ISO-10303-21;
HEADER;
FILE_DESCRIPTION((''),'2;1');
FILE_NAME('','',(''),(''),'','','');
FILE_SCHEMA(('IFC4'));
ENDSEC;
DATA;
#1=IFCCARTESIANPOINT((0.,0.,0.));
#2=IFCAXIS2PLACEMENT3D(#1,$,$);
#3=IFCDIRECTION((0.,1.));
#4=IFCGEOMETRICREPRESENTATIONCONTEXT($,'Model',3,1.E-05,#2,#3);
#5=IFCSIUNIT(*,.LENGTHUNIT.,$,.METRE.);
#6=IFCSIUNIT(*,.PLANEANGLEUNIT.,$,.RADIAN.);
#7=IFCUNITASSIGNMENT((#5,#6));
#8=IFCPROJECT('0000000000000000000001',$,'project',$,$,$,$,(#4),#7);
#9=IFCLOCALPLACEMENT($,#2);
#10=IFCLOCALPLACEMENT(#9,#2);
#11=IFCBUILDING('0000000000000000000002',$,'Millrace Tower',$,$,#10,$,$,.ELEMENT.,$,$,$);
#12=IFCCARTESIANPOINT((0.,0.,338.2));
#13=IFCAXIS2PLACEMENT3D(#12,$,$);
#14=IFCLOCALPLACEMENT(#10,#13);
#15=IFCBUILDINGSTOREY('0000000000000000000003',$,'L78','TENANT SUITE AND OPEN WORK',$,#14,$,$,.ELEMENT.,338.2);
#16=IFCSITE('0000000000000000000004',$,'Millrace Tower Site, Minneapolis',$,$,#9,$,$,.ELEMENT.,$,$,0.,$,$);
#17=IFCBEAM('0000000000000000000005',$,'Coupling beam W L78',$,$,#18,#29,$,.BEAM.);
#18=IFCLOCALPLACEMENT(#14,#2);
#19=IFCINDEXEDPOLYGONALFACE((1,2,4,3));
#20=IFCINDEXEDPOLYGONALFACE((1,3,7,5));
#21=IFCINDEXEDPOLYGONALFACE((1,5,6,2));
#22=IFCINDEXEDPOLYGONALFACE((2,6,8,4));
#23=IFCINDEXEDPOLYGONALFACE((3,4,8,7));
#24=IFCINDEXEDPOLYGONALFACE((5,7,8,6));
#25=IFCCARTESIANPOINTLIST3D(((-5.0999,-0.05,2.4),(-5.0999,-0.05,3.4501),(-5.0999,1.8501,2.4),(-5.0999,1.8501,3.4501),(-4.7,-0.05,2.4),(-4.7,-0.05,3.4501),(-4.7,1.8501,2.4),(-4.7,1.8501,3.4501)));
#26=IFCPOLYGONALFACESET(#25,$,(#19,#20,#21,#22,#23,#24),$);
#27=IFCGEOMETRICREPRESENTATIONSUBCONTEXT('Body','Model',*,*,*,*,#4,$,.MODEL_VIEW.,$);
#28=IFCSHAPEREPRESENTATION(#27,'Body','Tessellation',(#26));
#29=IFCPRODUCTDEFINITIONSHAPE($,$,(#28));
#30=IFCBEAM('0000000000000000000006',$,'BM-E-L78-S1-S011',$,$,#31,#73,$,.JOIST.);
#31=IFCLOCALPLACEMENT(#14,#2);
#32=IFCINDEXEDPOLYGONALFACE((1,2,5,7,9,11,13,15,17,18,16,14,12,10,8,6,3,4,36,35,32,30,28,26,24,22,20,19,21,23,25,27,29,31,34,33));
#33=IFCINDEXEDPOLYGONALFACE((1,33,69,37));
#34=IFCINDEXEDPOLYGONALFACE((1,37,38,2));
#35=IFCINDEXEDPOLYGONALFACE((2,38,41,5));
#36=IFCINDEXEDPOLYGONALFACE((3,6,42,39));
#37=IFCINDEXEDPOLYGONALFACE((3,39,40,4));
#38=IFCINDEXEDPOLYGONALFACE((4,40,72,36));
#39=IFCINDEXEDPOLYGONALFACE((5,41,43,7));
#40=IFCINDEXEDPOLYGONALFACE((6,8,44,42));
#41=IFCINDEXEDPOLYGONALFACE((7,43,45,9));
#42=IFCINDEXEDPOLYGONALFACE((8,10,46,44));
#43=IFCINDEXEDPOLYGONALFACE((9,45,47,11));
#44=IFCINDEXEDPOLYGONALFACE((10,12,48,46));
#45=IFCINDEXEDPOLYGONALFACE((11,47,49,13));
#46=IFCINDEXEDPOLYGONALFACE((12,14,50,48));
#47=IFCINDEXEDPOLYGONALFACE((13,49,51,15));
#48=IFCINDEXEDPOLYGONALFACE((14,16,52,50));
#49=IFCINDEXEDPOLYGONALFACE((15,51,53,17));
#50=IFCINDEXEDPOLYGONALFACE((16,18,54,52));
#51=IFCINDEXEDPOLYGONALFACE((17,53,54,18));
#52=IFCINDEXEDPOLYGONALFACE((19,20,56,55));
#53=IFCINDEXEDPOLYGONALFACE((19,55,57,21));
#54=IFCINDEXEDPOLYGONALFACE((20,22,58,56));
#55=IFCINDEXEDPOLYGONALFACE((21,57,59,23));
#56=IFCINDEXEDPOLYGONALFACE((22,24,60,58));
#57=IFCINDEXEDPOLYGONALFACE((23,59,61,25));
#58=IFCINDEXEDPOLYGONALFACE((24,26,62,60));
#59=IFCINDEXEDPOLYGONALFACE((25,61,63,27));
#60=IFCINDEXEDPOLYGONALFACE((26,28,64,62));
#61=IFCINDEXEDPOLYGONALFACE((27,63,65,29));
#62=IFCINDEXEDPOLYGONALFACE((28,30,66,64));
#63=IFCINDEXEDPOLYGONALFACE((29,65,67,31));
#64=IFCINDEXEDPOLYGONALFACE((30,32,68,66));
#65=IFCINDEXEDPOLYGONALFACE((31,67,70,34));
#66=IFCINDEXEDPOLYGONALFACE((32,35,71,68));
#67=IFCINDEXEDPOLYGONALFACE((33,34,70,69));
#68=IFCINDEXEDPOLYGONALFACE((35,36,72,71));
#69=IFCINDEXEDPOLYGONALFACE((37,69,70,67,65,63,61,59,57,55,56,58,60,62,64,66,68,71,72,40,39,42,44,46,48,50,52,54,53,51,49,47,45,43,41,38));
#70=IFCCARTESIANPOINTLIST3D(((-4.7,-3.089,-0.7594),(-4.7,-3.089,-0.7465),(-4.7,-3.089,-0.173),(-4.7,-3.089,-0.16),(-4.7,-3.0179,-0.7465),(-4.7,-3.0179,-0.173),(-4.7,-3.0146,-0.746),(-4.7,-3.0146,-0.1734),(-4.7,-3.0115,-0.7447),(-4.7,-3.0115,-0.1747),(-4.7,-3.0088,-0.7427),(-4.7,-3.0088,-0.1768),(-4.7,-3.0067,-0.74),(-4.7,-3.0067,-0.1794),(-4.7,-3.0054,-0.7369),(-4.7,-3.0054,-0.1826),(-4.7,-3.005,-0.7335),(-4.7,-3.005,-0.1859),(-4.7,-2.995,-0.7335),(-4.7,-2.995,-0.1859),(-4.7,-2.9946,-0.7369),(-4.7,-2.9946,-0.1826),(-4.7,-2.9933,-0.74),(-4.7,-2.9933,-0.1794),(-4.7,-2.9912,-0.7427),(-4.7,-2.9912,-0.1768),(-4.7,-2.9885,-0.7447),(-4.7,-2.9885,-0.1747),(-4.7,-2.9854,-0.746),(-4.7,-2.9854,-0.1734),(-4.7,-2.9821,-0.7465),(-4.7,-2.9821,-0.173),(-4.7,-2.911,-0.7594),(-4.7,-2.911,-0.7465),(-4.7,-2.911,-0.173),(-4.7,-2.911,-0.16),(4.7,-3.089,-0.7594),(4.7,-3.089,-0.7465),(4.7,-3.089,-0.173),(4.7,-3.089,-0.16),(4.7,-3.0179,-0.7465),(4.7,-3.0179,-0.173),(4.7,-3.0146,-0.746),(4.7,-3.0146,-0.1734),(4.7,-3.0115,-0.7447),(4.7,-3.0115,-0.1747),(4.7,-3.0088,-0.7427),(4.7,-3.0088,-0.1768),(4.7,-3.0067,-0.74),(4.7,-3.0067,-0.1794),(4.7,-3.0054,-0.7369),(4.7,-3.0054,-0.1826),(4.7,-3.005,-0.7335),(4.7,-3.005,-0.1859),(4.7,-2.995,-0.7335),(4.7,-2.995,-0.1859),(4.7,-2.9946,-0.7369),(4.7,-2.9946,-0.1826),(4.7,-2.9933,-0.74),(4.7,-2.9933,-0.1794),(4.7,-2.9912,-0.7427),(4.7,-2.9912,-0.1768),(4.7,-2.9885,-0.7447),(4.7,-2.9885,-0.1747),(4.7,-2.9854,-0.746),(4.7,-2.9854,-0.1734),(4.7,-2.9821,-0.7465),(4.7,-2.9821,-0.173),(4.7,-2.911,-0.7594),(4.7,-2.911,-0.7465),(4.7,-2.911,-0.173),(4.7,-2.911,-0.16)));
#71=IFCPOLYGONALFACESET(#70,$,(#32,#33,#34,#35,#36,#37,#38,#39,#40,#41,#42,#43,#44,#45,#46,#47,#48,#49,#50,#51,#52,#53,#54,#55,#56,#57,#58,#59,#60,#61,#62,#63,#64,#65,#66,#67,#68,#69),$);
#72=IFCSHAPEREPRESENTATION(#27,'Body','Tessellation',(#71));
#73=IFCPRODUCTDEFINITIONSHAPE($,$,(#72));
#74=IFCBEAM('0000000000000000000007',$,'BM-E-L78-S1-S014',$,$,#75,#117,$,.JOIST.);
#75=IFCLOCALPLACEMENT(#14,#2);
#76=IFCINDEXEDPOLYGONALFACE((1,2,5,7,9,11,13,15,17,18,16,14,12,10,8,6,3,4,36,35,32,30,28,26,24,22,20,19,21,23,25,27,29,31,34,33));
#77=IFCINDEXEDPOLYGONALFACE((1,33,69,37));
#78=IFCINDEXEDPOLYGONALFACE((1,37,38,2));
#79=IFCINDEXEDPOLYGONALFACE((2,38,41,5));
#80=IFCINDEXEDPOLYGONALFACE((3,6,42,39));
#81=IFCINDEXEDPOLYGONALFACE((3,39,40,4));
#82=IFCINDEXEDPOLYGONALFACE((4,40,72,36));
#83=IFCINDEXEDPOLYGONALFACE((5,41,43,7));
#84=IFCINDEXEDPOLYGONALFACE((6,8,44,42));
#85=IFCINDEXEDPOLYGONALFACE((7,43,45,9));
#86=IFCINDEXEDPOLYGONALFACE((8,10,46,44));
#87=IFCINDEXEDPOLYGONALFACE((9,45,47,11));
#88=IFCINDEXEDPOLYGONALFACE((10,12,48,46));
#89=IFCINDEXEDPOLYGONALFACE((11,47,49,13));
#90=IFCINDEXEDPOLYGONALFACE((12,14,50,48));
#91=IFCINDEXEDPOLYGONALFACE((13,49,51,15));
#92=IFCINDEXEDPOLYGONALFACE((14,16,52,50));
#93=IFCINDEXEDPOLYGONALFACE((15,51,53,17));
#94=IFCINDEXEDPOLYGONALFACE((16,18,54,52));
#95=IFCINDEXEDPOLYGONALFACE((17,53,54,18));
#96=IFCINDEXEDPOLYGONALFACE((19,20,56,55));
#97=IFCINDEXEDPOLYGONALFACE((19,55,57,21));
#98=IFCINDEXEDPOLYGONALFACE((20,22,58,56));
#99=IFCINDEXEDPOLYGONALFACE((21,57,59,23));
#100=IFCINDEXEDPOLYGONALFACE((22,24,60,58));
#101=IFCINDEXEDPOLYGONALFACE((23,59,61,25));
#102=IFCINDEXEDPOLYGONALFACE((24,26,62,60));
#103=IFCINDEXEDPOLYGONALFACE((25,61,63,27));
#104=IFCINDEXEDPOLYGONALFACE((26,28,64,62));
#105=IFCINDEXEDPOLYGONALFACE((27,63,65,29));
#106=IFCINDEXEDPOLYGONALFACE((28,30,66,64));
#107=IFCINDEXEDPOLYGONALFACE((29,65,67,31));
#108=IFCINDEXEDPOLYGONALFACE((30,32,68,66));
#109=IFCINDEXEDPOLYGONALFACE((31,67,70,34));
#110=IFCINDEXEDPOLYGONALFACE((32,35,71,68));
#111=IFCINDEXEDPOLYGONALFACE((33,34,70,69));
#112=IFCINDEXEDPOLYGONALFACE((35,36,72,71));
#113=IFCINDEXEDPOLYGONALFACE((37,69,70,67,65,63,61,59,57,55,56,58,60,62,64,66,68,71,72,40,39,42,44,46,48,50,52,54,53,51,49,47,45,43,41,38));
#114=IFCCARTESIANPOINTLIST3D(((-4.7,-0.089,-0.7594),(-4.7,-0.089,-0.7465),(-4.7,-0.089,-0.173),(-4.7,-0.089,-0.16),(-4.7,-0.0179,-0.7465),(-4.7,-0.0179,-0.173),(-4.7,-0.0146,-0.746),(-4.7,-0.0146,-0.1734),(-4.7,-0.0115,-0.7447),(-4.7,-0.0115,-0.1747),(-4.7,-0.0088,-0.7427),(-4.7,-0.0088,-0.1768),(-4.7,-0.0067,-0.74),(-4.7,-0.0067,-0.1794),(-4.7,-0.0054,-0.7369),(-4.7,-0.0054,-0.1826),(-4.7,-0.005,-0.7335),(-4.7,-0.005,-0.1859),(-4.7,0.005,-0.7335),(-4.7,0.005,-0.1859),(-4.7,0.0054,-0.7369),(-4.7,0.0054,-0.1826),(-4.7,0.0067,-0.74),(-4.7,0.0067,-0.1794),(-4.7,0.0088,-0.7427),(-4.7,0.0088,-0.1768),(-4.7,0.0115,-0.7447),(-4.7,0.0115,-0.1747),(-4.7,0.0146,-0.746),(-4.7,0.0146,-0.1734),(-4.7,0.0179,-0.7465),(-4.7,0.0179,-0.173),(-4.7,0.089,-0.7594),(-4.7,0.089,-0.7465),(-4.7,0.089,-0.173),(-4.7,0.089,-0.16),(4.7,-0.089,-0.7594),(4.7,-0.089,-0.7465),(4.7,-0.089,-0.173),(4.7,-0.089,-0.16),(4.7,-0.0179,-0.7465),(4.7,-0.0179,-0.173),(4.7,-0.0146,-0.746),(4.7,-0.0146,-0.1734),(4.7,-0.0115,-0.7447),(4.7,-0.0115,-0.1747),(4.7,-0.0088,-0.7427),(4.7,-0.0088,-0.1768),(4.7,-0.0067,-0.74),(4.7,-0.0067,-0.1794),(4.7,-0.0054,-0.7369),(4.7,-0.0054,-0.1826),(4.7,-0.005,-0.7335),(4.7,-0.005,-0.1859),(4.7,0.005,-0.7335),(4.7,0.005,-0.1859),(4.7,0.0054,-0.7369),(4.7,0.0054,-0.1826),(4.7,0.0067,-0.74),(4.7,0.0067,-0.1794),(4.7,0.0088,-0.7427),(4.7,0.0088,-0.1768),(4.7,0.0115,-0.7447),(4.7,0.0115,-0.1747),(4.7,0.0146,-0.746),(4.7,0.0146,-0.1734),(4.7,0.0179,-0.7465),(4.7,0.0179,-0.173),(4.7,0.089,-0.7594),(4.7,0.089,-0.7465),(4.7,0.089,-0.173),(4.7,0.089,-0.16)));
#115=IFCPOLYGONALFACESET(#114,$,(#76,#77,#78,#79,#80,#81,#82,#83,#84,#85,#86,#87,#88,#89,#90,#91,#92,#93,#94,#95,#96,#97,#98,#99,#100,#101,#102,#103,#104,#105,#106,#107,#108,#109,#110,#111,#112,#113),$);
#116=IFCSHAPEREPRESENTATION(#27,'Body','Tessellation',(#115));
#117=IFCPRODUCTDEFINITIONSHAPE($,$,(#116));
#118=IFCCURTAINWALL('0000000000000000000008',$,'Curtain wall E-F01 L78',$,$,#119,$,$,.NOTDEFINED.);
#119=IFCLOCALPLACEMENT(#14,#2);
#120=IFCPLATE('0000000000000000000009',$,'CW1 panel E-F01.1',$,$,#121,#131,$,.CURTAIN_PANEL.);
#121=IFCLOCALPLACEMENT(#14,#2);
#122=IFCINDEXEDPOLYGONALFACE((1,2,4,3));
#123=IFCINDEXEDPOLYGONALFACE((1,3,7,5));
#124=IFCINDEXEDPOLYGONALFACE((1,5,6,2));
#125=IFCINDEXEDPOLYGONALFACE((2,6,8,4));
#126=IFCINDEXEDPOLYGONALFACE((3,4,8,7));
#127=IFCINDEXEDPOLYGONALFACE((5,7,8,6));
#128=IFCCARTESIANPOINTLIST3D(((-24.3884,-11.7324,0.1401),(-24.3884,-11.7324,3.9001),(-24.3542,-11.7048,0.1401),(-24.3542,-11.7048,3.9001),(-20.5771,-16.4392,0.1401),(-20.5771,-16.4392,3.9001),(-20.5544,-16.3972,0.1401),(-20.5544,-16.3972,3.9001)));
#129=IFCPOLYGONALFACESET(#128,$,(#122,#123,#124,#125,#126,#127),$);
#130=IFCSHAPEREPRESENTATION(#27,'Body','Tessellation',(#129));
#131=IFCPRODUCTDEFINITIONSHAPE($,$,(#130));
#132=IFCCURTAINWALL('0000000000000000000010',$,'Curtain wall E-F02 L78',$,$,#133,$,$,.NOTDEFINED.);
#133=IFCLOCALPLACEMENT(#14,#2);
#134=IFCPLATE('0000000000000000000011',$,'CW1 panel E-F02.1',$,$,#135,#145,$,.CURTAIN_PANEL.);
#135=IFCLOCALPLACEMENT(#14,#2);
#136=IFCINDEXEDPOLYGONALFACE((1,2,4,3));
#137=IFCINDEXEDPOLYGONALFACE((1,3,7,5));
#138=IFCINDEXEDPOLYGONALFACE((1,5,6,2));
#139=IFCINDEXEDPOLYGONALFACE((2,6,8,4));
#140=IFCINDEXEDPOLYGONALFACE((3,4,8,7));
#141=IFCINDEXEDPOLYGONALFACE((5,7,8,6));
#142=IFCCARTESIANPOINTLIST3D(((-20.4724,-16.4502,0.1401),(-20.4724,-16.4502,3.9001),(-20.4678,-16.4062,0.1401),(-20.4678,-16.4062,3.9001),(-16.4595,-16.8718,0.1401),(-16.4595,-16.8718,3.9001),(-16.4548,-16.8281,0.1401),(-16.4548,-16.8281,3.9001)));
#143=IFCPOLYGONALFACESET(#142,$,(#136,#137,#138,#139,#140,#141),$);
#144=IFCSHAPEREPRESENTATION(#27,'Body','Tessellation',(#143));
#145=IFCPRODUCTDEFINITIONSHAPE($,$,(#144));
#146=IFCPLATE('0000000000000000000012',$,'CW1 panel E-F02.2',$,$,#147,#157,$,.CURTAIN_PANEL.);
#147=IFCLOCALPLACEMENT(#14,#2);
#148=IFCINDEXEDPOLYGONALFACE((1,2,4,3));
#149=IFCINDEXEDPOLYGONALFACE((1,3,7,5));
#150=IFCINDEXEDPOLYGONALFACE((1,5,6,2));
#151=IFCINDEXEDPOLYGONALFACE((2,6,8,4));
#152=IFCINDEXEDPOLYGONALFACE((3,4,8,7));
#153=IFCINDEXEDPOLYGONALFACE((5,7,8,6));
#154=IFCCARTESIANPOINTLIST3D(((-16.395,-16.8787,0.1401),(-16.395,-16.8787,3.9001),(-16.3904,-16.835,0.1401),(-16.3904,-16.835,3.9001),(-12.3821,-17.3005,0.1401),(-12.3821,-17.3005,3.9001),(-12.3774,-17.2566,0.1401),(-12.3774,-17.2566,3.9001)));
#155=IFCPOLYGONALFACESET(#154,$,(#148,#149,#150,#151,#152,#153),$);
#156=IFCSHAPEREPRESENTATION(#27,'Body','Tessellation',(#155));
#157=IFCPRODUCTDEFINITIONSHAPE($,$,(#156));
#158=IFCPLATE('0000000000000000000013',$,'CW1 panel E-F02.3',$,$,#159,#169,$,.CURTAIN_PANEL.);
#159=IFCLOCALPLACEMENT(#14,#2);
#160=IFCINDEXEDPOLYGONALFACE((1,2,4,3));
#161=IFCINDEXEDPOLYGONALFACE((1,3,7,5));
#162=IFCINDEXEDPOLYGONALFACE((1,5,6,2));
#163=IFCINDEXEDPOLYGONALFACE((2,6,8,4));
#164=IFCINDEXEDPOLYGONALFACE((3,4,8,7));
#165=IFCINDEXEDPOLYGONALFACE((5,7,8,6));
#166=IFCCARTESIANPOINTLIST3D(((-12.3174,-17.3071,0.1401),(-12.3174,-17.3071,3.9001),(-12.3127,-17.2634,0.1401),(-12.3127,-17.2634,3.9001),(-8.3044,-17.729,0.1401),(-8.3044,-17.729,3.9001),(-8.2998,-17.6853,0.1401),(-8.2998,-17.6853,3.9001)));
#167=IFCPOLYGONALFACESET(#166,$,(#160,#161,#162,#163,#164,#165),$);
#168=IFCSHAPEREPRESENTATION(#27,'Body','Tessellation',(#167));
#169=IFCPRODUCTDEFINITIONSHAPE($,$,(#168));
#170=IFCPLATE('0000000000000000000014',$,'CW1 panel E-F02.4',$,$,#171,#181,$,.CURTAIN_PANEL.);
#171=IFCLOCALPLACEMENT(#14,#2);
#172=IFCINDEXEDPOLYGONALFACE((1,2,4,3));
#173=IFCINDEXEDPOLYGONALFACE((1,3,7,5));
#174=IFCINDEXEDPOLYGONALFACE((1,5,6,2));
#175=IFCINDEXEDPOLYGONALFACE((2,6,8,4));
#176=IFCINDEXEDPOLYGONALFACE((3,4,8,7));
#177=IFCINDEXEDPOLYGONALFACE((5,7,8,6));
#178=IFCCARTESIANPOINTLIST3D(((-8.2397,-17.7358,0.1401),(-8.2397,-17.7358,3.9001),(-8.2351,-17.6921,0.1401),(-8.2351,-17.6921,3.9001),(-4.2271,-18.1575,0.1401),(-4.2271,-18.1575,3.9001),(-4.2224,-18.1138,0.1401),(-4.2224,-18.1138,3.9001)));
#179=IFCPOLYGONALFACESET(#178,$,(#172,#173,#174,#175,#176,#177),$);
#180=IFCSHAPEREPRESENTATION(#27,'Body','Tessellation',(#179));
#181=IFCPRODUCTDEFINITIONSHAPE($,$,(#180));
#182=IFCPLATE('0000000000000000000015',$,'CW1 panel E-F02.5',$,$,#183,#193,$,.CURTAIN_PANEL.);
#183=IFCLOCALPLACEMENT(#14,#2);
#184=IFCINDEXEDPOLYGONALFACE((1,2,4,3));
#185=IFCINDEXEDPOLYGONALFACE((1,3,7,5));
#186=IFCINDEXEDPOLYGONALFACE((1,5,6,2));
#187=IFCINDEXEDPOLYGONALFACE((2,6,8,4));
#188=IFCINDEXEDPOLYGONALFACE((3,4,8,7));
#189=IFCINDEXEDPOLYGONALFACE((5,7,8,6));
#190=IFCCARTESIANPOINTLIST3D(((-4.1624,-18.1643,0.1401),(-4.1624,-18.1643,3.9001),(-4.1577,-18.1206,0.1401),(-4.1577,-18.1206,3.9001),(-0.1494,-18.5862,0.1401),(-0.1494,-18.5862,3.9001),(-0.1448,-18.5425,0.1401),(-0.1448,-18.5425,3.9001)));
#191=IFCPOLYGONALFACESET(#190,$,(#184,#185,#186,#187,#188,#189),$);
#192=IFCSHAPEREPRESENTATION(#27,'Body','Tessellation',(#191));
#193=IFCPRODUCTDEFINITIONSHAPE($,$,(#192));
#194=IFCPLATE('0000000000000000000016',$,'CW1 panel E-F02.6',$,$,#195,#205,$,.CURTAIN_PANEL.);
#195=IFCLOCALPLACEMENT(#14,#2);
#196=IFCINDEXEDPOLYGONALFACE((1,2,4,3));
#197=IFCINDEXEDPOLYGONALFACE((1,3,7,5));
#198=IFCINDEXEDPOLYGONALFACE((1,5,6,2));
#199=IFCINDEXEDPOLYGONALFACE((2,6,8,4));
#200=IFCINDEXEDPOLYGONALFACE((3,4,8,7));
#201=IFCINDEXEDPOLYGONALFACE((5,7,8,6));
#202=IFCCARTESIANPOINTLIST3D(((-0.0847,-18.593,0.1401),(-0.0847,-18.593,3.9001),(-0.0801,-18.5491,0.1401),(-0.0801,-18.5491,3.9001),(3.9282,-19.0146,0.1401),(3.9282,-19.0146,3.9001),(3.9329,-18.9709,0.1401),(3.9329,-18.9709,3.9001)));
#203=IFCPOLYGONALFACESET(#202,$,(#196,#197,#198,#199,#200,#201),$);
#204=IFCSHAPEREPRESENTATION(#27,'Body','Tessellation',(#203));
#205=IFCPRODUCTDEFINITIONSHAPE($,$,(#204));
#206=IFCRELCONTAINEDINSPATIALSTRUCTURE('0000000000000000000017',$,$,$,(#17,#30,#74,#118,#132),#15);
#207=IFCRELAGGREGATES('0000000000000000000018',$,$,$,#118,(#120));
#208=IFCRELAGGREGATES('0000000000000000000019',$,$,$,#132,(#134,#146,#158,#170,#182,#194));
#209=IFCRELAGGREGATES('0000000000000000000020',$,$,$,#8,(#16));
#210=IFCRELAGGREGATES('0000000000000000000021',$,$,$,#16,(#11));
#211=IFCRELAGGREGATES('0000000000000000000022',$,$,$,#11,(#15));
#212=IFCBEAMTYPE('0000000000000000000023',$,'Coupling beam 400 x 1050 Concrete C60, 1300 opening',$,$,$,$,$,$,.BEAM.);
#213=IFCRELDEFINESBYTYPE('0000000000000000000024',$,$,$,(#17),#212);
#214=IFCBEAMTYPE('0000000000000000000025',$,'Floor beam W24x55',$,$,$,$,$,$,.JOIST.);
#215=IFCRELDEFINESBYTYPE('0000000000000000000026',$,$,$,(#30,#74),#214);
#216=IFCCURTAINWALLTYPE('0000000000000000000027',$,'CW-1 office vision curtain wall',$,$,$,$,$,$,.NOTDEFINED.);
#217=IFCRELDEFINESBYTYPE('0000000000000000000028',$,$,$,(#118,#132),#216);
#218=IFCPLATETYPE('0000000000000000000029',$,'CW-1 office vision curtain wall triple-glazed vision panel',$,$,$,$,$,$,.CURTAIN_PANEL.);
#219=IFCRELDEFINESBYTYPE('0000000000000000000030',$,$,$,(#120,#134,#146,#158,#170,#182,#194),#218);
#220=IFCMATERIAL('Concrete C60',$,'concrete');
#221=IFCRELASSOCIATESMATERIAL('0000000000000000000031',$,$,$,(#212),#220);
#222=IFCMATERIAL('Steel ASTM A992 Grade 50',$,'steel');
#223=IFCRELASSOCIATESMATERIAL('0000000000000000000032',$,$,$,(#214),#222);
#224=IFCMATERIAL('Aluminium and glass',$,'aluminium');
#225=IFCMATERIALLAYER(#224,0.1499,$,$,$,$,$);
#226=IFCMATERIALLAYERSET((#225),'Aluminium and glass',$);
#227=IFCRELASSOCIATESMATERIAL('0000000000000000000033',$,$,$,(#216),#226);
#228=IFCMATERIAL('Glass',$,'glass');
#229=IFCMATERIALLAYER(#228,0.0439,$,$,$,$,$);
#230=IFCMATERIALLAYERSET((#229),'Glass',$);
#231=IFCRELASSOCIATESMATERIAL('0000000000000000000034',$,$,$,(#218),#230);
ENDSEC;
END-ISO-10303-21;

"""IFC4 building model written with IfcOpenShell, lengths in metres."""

from ifc_helpers import new_model, si_unit, direction, frame, origin, origin_2d, place, context, subcontext, project, spatial, polyline, rectangle, i_section, outline, extrude, material, layer, layer_set, material_profile, profile_set, type_object, element, aggregate, save


model = new_model("IFC4")

# Units and contexts
model_context = context("Model", 3, precision=1e-05, world=origin(), true_north=direction((0.0, 1.0)))
body_context = subcontext(model_context, "Body", "Model", "MODEL_VIEW")
ifc_project = project(units=[si_unit("LENGTHUNIT", "METRE"), si_unit("PLANEANGLEUNIT", "RADIAN")], contexts=[model_context])

# Site, building, storey
site_placement = place(None, origin())
site = spatial("IfcSite", under=ifc_project, at=site_placement, Name="Millrace Tower Site, Minneapolis", CompositionType="ELEMENT", RefElevation=0.0)
building_placement = place(site_placement, origin())
building = spatial("IfcBuilding", under=site, at=building_placement, Name="Millrace Tower", CompositionType="ELEMENT")
storey_placement = place(building_placement, frame((0.0, 0.0, 338.2)))
storey = spatial("IfcBuildingStorey", under=building, at=storey_placement, Name="L78", Description="TENANT SUITE AND OPEN WORK", CompositionType="ELEMENT", Elevation=338.2)

# Beams
ifc_material_1 = material(Name="Concrete C60", Category="concrete")
ifc_material_profile_1 = material_profile(ifc_material_1, rectangle(XDim=0.3999, YDim=1.05, at=origin_2d()))
ifc_profile_set_1 = profile_set([ifc_material_profile_1], Name="Concrete C60")
beam_type_1 = type_object("IfcBeamType", Name="Coupling beam 400 x 1050 Concrete C60, 1300 opening", PredefinedType="BEAM", material=ifc_profile_set_1)
beam_placement = place(storey_placement, frame((-4.8999, -0.05, 2.925), z_axis=(0.0, 1.0, 0.0), x_axis=(-1.0, 0.0, 0.0)))
element("IfcBeam", 1, at=beam_placement, inside=storey, type_object=beam_type_1, Name="Coupling beam W L78", PredefinedType="BEAM", context=body_context, shape_type="SweptSolid", body=[
    extrude(rectangle(XDim=0.3999, YDim=1.05, at=origin_2d()), origin(), (0.0, 0.0, 1.0), 1.9001),
])
ifc_material_2 = material(Name="Steel ASTM A992 Grade 50", Category="steel")
ifc_material_profile_2 = material_profile(ifc_material_2, i_section(OverallWidth=0.178, OverallDepth=0.5994, WebThickness=0.01, FlangeThickness=0.0129, FilletRadius=0.0129, at=origin_2d()))
ifc_profile_set_2 = profile_set([ifc_material_profile_2], Name="Steel ASTM A992 Grade 50")
beam_type_2 = type_object("IfcBeamType", Name="Floor beam W24x55", PredefinedType="JOIST", material=ifc_profile_set_2)
for number, where, z_axis, x_axis, name in (
    (2, (-4.7, -3.0, -0.4597), (1.0, 0.0, 0.0), (0.0, 1.0, 0.0), "BM-E-L78-S1-S011"),
    (3, (-4.7, 0.0, -0.4597), (1.0, 0.0, 0.0), (0.0, 1.0, 0.0), "BM-E-L78-S1-S014"),
):
    element("IfcBeam", number, at=place(storey_placement, frame(where, z_axis=z_axis, x_axis=x_axis)), inside=storey, type_object=beam_type_2, Name=name, PredefinedType="JOIST", context=body_context, shape_type="SweptSolid", body=[
        extrude(i_section(OverallWidth=0.178, OverallDepth=0.5994, WebThickness=0.01, FlangeThickness=0.0129, FilletRadius=0.0129, at=origin_2d()), origin(), (0.0, 0.0, 1.0), 9.3999),
    ])

# Curtain wall, plate
ifc_material_3 = material(Name="Aluminium and glass", Category="aluminium")
ifc_layer_1 = layer(ifc_material_3, 0.1499)
ifc_layer_set_1 = layer_set([ifc_layer_1], Name="Aluminium and glass")
curtain_wall_type = type_object("IfcCurtainWallType", Name="CW-1 office vision curtain wall", PredefinedType="NOTDEFINED", material=ifc_layer_set_1)
placement_1 = place(storey_placement, origin())
curtain_wall_1 = element("IfcCurtainWall", 4, at=placement_1, inside=storey, type_object=curtain_wall_type, Name="Curtain wall E-F01 L78", PredefinedType="NOTDEFINED")
ifc_material_4 = material(Name="Glass", Category="glass")
ifc_layer_2 = layer(ifc_material_4, 0.0439)
ifc_layer_set_2 = layer_set([ifc_layer_2], Name="Glass")
plate_type = type_object("IfcPlateType", Name="CW-1 office vision curtain wall triple-glazed vision panel", PredefinedType="CURTAIN_PANEL", material=ifc_layer_set_2)
placement_2 = place(storey_placement, frame((0.0, 0.0, 0.1401)))
plate_1 = element("IfcPlate", 5, at=placement_2, type_object=plate_type, Name="CW1 panel E-F01.1", PredefinedType="CURTAIN_PANEL", context=body_context, shape_type="SweptSolid", body=[
    extrude(outline(polyline([(-24.3884, -11.7324), (-20.5771, -16.4392), (-20.5544, -16.3972), (-24.3542, -11.7048), (-24.3884, -11.7324)])), origin(), (0.0, 0.0, 1.0), 3.76),
])
aggregate(curtain_wall_1, [plate_1])

# Curtain wall, plates
curtain_wall_2 = element("IfcCurtainWall", 6, at=placement_1, inside=storey, type_object=curtain_wall_type, Name="Curtain wall E-F02 L78", PredefinedType="NOTDEFINED")
plate_2 = element("IfcPlate", 7, at=placement_2, type_object=plate_type, Name="CW1 panel E-F02.1", PredefinedType="CURTAIN_PANEL", context=body_context, shape_type="SweptSolid", body=[
    extrude(outline(polyline([(-20.4724, -16.4502), (-16.4595, -16.8718), (-16.4548, -16.8281), (-20.4678, -16.4062), (-20.4724, -16.4502)])), origin(), (0.0, 0.0, 1.0), 3.76),
])
plate_3 = element("IfcPlate", 8, at=placement_2, type_object=plate_type, Name="CW1 panel E-F02.2", PredefinedType="CURTAIN_PANEL", context=body_context, shape_type="SweptSolid", body=[
    extrude(outline(polyline([(-16.395, -16.8787), (-12.3821, -17.3005), (-12.3774, -17.2566), (-16.3904, -16.835), (-16.395, -16.8787)])), origin(), (0.0, 0.0, 1.0), 3.76),
])
plate_4 = element("IfcPlate", 9, at=placement_2, type_object=plate_type, Name="CW1 panel E-F02.3", PredefinedType="CURTAIN_PANEL", context=body_context, shape_type="SweptSolid", body=[
    extrude(outline(polyline([(-12.3174, -17.3071), (-8.3044, -17.729), (-8.2998, -17.6853), (-12.3127, -17.2634), (-12.3174, -17.3071)])), origin(), (0.0, 0.0, 1.0), 3.76),
])
plate_5 = element("IfcPlate", 10, at=placement_2, type_object=plate_type, Name="CW1 panel E-F02.4", PredefinedType="CURTAIN_PANEL", context=body_context, shape_type="SweptSolid", body=[
    extrude(outline(polyline([(-8.2397, -17.7358), (-4.2271, -18.1575), (-4.2224, -18.1138), (-8.2351, -17.6921), (-8.2397, -17.7358)])), origin(), (0.0, 0.0, 1.0), 3.76),
])
plate_6 = element("IfcPlate", 11, at=placement_2, type_object=plate_type, Name="CW1 panel E-F02.5", PredefinedType="CURTAIN_PANEL", context=body_context, shape_type="SweptSolid", body=[
    extrude(outline(polyline([(-4.1624, -18.1643), (-0.1494, -18.5862), (-0.1448, -18.5425), (-4.1577, -18.1206), (-4.1624, -18.1643)])), origin(), (0.0, 0.0, 1.0), 3.76),
])
plate_7 = element("IfcPlate", 12, at=placement_2, type_object=plate_type, Name="CW1 panel E-F02.6", PredefinedType="CURTAIN_PANEL", context=body_context, shape_type="SweptSolid", body=[
    extrude(outline(polyline([(-0.0847, -18.593), (3.9282, -19.0146), (3.9329, -18.9709), (-0.0801, -18.5491), (-0.0847, -18.593)])), origin(), (0.0, 0.0, 1.0), 3.76),
])
aggregate(curtain_wall_2, [plate_2, plate_3, plate_4, plate_5, plate_6, plate_7])

save(model, "model.ifc")
